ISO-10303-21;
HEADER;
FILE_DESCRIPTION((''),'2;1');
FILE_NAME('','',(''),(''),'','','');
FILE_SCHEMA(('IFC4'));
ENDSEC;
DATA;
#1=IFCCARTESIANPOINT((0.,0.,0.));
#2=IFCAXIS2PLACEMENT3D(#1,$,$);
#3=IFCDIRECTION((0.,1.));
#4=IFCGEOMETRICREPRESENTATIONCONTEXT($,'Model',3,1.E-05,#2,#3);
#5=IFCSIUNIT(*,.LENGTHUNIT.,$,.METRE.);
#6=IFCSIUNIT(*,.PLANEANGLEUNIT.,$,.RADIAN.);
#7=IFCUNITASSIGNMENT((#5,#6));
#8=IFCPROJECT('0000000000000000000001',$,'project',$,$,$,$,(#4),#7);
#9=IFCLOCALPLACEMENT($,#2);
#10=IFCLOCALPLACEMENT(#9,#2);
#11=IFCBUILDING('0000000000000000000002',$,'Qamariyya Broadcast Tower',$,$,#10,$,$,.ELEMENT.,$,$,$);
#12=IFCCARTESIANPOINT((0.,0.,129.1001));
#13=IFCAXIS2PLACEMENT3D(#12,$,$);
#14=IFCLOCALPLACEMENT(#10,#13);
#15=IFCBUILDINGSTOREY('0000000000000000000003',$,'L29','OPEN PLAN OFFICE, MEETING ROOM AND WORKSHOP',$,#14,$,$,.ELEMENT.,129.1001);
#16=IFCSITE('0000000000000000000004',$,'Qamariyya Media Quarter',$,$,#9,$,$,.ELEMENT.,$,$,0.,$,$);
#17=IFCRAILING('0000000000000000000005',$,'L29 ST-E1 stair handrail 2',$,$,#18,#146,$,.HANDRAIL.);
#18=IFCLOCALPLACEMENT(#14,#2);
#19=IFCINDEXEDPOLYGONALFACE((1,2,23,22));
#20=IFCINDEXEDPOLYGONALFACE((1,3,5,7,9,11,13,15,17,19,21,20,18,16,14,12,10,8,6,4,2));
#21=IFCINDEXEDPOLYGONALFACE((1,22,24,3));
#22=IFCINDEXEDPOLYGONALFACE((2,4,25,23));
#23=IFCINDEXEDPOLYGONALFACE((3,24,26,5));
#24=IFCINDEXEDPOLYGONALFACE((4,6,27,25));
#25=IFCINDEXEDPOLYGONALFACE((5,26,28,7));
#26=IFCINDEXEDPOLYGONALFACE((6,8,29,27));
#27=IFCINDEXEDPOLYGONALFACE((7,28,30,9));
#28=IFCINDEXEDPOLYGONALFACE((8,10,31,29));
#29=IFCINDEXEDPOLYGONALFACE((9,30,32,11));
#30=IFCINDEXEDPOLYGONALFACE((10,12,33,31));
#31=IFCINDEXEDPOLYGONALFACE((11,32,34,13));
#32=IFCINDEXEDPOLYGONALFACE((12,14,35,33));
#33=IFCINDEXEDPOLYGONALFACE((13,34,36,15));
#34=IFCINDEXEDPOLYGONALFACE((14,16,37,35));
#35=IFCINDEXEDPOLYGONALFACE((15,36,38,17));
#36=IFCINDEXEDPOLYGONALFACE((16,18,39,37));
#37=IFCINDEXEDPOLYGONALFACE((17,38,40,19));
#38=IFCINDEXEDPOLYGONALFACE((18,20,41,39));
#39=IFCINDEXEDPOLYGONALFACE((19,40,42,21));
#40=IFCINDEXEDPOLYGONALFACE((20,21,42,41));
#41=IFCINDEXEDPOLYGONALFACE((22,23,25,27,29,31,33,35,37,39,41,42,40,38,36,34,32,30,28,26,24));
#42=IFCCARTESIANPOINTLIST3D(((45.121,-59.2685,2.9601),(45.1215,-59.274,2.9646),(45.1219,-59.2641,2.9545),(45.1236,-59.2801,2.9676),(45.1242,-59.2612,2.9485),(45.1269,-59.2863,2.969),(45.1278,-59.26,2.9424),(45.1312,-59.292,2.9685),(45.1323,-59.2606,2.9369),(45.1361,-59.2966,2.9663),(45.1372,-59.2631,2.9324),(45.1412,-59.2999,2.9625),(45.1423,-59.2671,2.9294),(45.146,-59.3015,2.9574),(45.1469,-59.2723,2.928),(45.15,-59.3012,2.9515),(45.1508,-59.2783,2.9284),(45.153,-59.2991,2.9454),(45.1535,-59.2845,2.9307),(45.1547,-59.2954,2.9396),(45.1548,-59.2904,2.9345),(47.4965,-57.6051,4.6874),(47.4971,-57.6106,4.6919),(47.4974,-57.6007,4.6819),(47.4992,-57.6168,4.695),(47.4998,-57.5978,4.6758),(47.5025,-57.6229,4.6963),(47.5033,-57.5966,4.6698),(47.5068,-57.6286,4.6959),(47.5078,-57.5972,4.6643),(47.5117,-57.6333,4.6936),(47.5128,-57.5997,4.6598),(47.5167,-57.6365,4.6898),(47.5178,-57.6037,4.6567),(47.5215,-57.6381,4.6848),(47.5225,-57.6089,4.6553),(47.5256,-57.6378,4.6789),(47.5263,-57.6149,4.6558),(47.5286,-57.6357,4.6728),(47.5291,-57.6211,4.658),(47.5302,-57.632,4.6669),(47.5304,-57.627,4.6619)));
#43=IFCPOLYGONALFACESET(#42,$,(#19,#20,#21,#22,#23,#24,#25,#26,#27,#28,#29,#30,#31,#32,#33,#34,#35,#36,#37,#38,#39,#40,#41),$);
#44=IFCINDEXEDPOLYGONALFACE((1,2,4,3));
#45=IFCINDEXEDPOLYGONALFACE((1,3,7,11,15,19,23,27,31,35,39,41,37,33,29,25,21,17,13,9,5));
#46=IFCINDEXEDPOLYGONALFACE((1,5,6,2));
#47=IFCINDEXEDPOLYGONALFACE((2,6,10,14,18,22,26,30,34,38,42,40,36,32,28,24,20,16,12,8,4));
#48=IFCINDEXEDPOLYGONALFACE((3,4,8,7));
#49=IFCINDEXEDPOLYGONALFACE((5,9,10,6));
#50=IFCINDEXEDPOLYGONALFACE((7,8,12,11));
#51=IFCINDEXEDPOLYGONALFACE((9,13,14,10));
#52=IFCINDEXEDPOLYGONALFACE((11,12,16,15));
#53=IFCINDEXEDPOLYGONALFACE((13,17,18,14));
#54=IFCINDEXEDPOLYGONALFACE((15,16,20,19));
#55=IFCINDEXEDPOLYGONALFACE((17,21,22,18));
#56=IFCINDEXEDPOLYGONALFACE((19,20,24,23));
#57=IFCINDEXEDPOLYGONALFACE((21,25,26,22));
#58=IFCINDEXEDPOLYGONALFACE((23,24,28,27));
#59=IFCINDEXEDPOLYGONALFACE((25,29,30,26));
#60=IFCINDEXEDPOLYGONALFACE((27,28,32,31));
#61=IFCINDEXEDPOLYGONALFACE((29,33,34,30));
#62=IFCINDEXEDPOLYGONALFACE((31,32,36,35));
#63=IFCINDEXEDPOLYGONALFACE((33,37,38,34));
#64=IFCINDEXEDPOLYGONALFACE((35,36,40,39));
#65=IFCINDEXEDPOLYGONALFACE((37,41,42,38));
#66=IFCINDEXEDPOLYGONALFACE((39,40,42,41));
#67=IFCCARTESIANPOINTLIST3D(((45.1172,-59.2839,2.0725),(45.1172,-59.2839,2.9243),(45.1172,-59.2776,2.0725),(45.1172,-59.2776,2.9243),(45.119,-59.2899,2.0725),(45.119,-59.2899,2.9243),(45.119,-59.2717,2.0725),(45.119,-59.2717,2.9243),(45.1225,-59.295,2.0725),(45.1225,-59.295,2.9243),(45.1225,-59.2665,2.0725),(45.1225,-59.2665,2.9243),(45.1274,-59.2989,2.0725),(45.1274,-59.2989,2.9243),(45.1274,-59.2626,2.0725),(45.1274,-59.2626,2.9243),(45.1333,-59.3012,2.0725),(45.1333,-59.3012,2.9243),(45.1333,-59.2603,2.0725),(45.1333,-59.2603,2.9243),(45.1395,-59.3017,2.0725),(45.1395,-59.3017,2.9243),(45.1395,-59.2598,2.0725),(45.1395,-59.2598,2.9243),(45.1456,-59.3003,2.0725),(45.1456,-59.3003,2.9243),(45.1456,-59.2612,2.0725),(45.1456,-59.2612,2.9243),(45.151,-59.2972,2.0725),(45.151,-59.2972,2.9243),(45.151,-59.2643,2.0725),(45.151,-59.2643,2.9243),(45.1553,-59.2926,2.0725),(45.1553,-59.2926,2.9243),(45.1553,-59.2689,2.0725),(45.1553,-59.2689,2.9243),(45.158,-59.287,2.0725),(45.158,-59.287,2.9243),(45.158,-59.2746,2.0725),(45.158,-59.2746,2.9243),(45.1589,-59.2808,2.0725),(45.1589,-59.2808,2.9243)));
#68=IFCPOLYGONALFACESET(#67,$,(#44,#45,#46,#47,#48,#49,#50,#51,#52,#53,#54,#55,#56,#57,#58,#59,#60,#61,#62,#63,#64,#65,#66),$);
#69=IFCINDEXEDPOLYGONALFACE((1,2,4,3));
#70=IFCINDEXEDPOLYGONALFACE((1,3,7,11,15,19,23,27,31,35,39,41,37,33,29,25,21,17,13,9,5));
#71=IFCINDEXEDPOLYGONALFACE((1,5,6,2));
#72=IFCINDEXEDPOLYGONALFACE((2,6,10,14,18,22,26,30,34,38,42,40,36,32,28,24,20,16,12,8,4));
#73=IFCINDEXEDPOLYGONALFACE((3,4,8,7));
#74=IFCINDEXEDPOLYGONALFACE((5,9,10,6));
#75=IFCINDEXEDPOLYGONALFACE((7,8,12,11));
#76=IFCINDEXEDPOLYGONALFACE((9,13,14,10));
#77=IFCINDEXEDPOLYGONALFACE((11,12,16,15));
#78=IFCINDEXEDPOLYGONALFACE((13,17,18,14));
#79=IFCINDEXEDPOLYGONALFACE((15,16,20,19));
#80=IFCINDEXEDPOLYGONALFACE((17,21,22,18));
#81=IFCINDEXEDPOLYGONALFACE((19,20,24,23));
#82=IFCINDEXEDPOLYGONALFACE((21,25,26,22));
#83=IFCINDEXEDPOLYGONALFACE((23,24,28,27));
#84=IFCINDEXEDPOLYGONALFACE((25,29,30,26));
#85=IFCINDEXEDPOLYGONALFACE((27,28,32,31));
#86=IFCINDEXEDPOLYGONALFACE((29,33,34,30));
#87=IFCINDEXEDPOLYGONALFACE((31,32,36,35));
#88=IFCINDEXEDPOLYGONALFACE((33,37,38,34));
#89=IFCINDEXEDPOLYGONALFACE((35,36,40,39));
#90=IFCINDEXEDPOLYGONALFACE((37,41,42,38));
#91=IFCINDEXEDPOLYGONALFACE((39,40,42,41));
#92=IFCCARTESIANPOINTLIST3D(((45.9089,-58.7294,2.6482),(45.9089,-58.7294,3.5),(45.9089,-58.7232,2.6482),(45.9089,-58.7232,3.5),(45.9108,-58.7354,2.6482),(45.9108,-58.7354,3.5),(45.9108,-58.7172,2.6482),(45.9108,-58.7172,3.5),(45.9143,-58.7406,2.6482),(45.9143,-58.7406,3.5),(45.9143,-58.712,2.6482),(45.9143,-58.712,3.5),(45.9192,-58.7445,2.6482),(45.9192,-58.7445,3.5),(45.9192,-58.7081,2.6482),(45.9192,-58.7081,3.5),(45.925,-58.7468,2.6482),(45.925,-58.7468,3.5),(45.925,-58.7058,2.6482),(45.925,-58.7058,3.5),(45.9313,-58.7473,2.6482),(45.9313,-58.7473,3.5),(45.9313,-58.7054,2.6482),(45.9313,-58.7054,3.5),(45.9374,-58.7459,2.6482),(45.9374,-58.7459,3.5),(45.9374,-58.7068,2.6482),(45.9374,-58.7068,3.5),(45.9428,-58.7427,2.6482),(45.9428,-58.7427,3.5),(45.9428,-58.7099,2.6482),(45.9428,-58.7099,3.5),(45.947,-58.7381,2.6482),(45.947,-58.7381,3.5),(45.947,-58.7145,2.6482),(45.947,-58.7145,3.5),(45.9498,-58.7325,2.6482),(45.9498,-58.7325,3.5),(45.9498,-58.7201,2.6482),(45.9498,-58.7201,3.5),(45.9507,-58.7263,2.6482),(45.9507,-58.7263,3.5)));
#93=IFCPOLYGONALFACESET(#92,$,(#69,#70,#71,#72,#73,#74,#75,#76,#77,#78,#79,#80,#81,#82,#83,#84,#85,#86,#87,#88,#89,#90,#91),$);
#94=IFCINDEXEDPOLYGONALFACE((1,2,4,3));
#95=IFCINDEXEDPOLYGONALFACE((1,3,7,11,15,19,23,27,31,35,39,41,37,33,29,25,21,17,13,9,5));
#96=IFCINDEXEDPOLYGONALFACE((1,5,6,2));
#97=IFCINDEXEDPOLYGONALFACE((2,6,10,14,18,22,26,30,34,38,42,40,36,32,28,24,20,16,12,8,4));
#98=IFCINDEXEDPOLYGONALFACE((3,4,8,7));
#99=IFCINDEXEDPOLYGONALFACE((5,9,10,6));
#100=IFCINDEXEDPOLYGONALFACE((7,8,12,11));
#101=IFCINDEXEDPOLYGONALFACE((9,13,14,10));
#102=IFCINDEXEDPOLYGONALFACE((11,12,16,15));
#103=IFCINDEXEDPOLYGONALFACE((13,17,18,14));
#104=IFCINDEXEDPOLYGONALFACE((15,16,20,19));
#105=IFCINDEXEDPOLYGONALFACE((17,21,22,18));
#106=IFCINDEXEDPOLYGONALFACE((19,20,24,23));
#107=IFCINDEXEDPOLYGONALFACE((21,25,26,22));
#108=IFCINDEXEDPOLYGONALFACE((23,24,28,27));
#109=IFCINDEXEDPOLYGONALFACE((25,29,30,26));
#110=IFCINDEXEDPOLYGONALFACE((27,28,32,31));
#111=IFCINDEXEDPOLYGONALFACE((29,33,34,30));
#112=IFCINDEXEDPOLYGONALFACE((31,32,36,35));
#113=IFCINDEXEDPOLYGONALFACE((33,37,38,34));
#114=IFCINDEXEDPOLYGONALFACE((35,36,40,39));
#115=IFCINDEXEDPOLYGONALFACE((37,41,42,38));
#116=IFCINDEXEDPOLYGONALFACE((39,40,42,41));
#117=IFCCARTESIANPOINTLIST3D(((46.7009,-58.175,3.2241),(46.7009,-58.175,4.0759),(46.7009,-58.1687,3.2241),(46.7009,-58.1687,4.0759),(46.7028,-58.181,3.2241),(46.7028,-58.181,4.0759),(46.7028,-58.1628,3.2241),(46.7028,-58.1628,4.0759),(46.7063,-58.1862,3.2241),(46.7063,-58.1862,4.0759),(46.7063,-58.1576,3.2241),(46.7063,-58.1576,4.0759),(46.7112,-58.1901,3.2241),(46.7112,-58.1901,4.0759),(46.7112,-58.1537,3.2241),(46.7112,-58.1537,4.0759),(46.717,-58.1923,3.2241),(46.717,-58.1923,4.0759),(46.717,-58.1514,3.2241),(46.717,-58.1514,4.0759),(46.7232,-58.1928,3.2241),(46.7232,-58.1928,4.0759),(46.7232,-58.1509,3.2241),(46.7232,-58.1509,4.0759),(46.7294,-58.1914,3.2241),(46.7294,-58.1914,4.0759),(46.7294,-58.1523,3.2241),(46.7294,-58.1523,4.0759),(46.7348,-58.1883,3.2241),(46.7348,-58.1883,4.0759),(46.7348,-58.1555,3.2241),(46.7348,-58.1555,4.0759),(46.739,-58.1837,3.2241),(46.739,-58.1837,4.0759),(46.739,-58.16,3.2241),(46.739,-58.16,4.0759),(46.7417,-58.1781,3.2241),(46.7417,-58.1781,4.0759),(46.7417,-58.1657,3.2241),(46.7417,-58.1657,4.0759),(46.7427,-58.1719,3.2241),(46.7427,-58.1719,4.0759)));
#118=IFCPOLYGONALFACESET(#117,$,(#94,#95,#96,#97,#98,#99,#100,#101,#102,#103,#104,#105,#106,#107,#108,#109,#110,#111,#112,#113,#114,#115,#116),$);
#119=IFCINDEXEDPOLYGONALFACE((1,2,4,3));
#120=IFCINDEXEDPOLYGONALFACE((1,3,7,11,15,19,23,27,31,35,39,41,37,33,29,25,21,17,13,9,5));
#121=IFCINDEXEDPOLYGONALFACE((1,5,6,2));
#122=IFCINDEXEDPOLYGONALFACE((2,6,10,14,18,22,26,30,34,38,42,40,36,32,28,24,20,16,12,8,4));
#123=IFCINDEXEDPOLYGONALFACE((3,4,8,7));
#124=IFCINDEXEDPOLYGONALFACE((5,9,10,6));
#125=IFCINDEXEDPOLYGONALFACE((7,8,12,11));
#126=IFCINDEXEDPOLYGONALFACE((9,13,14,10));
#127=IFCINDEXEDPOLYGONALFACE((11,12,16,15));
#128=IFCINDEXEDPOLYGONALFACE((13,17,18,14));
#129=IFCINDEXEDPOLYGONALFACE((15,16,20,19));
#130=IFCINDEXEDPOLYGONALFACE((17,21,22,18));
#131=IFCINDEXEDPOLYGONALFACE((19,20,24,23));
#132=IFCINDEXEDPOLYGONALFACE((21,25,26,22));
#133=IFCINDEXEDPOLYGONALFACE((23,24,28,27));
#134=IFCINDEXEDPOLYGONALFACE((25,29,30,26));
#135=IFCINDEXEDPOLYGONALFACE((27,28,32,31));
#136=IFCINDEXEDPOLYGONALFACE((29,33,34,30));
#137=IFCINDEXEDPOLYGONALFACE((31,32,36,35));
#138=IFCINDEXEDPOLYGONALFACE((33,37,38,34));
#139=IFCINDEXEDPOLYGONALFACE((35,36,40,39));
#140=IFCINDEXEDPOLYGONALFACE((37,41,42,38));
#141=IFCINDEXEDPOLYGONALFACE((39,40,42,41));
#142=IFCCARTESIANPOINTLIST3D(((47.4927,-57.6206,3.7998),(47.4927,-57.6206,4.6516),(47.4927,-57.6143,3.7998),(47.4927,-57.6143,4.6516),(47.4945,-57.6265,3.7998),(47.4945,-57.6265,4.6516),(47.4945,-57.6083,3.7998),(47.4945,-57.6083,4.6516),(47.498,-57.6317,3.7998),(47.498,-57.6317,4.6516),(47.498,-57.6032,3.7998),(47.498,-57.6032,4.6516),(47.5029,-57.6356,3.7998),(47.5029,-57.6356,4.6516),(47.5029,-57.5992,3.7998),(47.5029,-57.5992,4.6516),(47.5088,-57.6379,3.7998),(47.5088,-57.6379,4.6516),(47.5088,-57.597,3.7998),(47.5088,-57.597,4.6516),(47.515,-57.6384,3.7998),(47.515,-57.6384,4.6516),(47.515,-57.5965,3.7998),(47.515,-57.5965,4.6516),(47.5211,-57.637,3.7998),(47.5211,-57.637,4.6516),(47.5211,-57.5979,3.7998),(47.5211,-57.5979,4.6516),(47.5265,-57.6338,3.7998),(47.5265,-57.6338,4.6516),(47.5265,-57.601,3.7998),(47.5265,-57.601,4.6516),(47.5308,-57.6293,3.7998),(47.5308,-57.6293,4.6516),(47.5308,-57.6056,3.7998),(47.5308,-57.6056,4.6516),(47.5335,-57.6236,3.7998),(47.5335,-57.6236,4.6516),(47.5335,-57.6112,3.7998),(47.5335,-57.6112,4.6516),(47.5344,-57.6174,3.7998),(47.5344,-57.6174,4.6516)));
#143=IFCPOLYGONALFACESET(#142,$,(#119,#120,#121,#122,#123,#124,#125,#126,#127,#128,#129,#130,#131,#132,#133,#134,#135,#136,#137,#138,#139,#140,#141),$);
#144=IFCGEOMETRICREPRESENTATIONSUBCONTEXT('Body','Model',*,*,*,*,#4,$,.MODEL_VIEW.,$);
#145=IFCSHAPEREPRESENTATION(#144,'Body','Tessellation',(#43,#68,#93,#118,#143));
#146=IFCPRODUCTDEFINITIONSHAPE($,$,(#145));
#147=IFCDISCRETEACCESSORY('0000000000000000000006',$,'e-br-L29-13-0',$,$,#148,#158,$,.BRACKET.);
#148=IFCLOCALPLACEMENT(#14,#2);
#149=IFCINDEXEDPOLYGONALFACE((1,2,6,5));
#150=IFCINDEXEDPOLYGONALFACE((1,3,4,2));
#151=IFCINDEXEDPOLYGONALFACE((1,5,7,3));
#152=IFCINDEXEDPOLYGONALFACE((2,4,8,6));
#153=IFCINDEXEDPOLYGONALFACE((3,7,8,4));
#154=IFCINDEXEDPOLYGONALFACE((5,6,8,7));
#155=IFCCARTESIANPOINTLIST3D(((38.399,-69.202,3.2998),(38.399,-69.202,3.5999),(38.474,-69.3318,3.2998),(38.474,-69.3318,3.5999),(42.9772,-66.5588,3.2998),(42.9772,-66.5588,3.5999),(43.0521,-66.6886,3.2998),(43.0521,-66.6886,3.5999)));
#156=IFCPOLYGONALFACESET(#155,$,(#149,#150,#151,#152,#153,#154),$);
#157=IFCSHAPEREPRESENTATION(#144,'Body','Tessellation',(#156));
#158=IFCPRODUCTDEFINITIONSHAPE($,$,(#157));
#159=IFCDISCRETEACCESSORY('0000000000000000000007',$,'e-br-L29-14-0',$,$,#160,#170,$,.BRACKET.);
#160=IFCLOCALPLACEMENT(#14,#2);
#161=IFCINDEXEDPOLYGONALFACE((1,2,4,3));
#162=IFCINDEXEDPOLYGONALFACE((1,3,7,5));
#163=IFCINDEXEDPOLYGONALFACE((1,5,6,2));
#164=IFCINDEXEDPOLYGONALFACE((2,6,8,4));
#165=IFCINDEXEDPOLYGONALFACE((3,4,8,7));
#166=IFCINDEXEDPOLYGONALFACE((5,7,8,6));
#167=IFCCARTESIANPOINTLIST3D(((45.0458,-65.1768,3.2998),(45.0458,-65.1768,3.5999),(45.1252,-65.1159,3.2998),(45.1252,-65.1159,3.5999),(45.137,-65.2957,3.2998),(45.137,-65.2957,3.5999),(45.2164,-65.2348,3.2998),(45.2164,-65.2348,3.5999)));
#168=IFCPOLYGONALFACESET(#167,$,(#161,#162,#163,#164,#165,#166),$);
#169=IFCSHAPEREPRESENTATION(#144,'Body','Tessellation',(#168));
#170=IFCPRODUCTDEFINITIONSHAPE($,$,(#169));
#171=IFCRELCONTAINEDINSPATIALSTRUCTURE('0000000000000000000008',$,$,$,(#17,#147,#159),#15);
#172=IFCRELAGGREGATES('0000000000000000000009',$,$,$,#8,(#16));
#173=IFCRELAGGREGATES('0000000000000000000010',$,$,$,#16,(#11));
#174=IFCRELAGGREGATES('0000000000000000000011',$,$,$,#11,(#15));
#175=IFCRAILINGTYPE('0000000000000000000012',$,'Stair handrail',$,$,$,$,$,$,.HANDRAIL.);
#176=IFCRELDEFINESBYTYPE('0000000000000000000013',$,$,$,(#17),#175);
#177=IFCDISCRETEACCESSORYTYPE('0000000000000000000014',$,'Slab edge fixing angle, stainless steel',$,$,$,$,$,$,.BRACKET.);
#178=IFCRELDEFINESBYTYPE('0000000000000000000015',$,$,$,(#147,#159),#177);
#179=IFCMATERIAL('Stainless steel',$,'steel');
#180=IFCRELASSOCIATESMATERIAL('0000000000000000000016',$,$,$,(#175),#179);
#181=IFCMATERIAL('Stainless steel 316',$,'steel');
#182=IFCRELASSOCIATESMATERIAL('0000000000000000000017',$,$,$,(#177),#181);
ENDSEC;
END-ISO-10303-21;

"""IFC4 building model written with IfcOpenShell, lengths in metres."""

from ifc_helpers import new_model, si_unit, direction, frame, origin, origin_2d, place, context, subcontext, project, spatial, rectangle, circle, extrude, material, type_object, element, save


model = new_model("IFC4")

# Units and contexts
model_context = context("Model", 3, precision=1e-05, world=origin(), true_north=direction((0.0, 1.0)))
body_context = subcontext(model_context, "Body", "Model", "MODEL_VIEW")
ifc_project = project(units=[si_unit("LENGTHUNIT", "METRE"), si_unit("PLANEANGLEUNIT", "RADIAN")], contexts=[model_context])

# Site, building, storey
site_placement = place(None, origin())
site = spatial("IfcSite", under=ifc_project, at=site_placement, Name="Qamariyya Media Quarter", CompositionType="ELEMENT", RefElevation=0.0)
building_placement = place(site_placement, origin())
building = spatial("IfcBuilding", under=site, at=building_placement, Name="Qamariyya Broadcast Tower", CompositionType="ELEMENT")
storey_placement = place(building_placement, frame((0.0, 0.0, 129.1001)))
storey = spatial("IfcBuildingStorey", under=building, at=storey_placement, Name="L29", Description="OPEN PLAN OFFICE, MEETING ROOM AND WORKSHOP", CompositionType="ELEMENT", Elevation=129.1001)

# Railing
ifc_material_1 = material(Name="Stainless steel", Category="steel")
railing_type_1 = type_object("IfcRailingType", Name="Stair handrail", PredefinedType="HANDRAIL", material=ifc_material_1)
railing_1_placement = place(storey_placement, frame((45.1379, -59.2808, 2.0725)))
element("IfcRailing", 1, at=railing_1_placement, inside=storey, type_object=railing_type_1, Name="L29 ST-E1 stair handrail 2", PredefinedType="HANDRAIL", context=body_context, shape_type="SweptSolid", body=[
    extrude(circle(Radius=0.0239, at=origin_2d()), frame((0.0, 0.0, 0.876), z_axis=(0.70377, 0.492784, 0.511734), x_axis=(-0.573575, 0.819153, 0.0)), (0.0, 0.0, 1.0), 3.3755),
    extrude(circle(Radius=0.021, at=origin_2d()), origin(), (0.0, 0.0, 1.0), 0.8518),
    extrude(circle(Radius=0.021, at=origin_2d()), frame((0.7917, 0.5544, 0.5757)), (0.0, 0.0, 1.0), 0.8518),
    extrude(circle(Radius=0.021, at=origin_2d()), frame((1.5837, 1.1089, 1.1516)), (0.0, 0.0, 1.0), 0.8518),
    extrude(circle(Radius=0.021, at=origin_2d()), frame((2.3755, 1.6633, 1.7273)), (0.0, 0.0, 1.0), 0.8518),
])

# Discrete accessories
ifc_material_2 = material(Name="Stainless steel 316", Category="steel")
discrete_accessory_type = type_object("IfcDiscreteAccessoryType", Name="Slab edge fixing angle, stainless steel", PredefinedType="BRACKET", material=ifc_material_2)
discrete_accessory_1_placement = place(storey_placement, frame((40.7256, -67.9453, 3.2998), z_axis=(0.0, 0.0, 1.0), x_axis=(0.866025, 0.5, 0.0)))
element("IfcDiscreteAccessory", 2, at=discrete_accessory_1_placement, inside=storey, type_object=discrete_accessory_type, Name="e-br-L29-13-0", PredefinedType="BRACKET", context=body_context, shape_type="SweptSolid", body=[
    extrude(rectangle(XDim=5.2864, YDim=0.1499, at=origin_2d()), origin(), (0.0, 0.0, 1.0), 0.3),
])
discrete_accessory_2_placement = place(storey_placement, frame((45.1311, -65.2058, 3.2998), z_axis=(0.0, 0.0, 1.0), x_axis=(0.793353, 0.608761, 0.0)))
element("IfcDiscreteAccessory", 3, at=discrete_accessory_2_placement, inside=storey, type_object=discrete_accessory_type, Name="e-br-L29-14-0", PredefinedType="BRACKET", context=body_context, shape_type="SweptSolid", body=[
    extrude(rectangle(XDim=0.1001, YDim=0.1499, at=origin_2d()), origin(), (0.0, 0.0, 1.0), 0.3),
])

save(model, "model.ifc")
